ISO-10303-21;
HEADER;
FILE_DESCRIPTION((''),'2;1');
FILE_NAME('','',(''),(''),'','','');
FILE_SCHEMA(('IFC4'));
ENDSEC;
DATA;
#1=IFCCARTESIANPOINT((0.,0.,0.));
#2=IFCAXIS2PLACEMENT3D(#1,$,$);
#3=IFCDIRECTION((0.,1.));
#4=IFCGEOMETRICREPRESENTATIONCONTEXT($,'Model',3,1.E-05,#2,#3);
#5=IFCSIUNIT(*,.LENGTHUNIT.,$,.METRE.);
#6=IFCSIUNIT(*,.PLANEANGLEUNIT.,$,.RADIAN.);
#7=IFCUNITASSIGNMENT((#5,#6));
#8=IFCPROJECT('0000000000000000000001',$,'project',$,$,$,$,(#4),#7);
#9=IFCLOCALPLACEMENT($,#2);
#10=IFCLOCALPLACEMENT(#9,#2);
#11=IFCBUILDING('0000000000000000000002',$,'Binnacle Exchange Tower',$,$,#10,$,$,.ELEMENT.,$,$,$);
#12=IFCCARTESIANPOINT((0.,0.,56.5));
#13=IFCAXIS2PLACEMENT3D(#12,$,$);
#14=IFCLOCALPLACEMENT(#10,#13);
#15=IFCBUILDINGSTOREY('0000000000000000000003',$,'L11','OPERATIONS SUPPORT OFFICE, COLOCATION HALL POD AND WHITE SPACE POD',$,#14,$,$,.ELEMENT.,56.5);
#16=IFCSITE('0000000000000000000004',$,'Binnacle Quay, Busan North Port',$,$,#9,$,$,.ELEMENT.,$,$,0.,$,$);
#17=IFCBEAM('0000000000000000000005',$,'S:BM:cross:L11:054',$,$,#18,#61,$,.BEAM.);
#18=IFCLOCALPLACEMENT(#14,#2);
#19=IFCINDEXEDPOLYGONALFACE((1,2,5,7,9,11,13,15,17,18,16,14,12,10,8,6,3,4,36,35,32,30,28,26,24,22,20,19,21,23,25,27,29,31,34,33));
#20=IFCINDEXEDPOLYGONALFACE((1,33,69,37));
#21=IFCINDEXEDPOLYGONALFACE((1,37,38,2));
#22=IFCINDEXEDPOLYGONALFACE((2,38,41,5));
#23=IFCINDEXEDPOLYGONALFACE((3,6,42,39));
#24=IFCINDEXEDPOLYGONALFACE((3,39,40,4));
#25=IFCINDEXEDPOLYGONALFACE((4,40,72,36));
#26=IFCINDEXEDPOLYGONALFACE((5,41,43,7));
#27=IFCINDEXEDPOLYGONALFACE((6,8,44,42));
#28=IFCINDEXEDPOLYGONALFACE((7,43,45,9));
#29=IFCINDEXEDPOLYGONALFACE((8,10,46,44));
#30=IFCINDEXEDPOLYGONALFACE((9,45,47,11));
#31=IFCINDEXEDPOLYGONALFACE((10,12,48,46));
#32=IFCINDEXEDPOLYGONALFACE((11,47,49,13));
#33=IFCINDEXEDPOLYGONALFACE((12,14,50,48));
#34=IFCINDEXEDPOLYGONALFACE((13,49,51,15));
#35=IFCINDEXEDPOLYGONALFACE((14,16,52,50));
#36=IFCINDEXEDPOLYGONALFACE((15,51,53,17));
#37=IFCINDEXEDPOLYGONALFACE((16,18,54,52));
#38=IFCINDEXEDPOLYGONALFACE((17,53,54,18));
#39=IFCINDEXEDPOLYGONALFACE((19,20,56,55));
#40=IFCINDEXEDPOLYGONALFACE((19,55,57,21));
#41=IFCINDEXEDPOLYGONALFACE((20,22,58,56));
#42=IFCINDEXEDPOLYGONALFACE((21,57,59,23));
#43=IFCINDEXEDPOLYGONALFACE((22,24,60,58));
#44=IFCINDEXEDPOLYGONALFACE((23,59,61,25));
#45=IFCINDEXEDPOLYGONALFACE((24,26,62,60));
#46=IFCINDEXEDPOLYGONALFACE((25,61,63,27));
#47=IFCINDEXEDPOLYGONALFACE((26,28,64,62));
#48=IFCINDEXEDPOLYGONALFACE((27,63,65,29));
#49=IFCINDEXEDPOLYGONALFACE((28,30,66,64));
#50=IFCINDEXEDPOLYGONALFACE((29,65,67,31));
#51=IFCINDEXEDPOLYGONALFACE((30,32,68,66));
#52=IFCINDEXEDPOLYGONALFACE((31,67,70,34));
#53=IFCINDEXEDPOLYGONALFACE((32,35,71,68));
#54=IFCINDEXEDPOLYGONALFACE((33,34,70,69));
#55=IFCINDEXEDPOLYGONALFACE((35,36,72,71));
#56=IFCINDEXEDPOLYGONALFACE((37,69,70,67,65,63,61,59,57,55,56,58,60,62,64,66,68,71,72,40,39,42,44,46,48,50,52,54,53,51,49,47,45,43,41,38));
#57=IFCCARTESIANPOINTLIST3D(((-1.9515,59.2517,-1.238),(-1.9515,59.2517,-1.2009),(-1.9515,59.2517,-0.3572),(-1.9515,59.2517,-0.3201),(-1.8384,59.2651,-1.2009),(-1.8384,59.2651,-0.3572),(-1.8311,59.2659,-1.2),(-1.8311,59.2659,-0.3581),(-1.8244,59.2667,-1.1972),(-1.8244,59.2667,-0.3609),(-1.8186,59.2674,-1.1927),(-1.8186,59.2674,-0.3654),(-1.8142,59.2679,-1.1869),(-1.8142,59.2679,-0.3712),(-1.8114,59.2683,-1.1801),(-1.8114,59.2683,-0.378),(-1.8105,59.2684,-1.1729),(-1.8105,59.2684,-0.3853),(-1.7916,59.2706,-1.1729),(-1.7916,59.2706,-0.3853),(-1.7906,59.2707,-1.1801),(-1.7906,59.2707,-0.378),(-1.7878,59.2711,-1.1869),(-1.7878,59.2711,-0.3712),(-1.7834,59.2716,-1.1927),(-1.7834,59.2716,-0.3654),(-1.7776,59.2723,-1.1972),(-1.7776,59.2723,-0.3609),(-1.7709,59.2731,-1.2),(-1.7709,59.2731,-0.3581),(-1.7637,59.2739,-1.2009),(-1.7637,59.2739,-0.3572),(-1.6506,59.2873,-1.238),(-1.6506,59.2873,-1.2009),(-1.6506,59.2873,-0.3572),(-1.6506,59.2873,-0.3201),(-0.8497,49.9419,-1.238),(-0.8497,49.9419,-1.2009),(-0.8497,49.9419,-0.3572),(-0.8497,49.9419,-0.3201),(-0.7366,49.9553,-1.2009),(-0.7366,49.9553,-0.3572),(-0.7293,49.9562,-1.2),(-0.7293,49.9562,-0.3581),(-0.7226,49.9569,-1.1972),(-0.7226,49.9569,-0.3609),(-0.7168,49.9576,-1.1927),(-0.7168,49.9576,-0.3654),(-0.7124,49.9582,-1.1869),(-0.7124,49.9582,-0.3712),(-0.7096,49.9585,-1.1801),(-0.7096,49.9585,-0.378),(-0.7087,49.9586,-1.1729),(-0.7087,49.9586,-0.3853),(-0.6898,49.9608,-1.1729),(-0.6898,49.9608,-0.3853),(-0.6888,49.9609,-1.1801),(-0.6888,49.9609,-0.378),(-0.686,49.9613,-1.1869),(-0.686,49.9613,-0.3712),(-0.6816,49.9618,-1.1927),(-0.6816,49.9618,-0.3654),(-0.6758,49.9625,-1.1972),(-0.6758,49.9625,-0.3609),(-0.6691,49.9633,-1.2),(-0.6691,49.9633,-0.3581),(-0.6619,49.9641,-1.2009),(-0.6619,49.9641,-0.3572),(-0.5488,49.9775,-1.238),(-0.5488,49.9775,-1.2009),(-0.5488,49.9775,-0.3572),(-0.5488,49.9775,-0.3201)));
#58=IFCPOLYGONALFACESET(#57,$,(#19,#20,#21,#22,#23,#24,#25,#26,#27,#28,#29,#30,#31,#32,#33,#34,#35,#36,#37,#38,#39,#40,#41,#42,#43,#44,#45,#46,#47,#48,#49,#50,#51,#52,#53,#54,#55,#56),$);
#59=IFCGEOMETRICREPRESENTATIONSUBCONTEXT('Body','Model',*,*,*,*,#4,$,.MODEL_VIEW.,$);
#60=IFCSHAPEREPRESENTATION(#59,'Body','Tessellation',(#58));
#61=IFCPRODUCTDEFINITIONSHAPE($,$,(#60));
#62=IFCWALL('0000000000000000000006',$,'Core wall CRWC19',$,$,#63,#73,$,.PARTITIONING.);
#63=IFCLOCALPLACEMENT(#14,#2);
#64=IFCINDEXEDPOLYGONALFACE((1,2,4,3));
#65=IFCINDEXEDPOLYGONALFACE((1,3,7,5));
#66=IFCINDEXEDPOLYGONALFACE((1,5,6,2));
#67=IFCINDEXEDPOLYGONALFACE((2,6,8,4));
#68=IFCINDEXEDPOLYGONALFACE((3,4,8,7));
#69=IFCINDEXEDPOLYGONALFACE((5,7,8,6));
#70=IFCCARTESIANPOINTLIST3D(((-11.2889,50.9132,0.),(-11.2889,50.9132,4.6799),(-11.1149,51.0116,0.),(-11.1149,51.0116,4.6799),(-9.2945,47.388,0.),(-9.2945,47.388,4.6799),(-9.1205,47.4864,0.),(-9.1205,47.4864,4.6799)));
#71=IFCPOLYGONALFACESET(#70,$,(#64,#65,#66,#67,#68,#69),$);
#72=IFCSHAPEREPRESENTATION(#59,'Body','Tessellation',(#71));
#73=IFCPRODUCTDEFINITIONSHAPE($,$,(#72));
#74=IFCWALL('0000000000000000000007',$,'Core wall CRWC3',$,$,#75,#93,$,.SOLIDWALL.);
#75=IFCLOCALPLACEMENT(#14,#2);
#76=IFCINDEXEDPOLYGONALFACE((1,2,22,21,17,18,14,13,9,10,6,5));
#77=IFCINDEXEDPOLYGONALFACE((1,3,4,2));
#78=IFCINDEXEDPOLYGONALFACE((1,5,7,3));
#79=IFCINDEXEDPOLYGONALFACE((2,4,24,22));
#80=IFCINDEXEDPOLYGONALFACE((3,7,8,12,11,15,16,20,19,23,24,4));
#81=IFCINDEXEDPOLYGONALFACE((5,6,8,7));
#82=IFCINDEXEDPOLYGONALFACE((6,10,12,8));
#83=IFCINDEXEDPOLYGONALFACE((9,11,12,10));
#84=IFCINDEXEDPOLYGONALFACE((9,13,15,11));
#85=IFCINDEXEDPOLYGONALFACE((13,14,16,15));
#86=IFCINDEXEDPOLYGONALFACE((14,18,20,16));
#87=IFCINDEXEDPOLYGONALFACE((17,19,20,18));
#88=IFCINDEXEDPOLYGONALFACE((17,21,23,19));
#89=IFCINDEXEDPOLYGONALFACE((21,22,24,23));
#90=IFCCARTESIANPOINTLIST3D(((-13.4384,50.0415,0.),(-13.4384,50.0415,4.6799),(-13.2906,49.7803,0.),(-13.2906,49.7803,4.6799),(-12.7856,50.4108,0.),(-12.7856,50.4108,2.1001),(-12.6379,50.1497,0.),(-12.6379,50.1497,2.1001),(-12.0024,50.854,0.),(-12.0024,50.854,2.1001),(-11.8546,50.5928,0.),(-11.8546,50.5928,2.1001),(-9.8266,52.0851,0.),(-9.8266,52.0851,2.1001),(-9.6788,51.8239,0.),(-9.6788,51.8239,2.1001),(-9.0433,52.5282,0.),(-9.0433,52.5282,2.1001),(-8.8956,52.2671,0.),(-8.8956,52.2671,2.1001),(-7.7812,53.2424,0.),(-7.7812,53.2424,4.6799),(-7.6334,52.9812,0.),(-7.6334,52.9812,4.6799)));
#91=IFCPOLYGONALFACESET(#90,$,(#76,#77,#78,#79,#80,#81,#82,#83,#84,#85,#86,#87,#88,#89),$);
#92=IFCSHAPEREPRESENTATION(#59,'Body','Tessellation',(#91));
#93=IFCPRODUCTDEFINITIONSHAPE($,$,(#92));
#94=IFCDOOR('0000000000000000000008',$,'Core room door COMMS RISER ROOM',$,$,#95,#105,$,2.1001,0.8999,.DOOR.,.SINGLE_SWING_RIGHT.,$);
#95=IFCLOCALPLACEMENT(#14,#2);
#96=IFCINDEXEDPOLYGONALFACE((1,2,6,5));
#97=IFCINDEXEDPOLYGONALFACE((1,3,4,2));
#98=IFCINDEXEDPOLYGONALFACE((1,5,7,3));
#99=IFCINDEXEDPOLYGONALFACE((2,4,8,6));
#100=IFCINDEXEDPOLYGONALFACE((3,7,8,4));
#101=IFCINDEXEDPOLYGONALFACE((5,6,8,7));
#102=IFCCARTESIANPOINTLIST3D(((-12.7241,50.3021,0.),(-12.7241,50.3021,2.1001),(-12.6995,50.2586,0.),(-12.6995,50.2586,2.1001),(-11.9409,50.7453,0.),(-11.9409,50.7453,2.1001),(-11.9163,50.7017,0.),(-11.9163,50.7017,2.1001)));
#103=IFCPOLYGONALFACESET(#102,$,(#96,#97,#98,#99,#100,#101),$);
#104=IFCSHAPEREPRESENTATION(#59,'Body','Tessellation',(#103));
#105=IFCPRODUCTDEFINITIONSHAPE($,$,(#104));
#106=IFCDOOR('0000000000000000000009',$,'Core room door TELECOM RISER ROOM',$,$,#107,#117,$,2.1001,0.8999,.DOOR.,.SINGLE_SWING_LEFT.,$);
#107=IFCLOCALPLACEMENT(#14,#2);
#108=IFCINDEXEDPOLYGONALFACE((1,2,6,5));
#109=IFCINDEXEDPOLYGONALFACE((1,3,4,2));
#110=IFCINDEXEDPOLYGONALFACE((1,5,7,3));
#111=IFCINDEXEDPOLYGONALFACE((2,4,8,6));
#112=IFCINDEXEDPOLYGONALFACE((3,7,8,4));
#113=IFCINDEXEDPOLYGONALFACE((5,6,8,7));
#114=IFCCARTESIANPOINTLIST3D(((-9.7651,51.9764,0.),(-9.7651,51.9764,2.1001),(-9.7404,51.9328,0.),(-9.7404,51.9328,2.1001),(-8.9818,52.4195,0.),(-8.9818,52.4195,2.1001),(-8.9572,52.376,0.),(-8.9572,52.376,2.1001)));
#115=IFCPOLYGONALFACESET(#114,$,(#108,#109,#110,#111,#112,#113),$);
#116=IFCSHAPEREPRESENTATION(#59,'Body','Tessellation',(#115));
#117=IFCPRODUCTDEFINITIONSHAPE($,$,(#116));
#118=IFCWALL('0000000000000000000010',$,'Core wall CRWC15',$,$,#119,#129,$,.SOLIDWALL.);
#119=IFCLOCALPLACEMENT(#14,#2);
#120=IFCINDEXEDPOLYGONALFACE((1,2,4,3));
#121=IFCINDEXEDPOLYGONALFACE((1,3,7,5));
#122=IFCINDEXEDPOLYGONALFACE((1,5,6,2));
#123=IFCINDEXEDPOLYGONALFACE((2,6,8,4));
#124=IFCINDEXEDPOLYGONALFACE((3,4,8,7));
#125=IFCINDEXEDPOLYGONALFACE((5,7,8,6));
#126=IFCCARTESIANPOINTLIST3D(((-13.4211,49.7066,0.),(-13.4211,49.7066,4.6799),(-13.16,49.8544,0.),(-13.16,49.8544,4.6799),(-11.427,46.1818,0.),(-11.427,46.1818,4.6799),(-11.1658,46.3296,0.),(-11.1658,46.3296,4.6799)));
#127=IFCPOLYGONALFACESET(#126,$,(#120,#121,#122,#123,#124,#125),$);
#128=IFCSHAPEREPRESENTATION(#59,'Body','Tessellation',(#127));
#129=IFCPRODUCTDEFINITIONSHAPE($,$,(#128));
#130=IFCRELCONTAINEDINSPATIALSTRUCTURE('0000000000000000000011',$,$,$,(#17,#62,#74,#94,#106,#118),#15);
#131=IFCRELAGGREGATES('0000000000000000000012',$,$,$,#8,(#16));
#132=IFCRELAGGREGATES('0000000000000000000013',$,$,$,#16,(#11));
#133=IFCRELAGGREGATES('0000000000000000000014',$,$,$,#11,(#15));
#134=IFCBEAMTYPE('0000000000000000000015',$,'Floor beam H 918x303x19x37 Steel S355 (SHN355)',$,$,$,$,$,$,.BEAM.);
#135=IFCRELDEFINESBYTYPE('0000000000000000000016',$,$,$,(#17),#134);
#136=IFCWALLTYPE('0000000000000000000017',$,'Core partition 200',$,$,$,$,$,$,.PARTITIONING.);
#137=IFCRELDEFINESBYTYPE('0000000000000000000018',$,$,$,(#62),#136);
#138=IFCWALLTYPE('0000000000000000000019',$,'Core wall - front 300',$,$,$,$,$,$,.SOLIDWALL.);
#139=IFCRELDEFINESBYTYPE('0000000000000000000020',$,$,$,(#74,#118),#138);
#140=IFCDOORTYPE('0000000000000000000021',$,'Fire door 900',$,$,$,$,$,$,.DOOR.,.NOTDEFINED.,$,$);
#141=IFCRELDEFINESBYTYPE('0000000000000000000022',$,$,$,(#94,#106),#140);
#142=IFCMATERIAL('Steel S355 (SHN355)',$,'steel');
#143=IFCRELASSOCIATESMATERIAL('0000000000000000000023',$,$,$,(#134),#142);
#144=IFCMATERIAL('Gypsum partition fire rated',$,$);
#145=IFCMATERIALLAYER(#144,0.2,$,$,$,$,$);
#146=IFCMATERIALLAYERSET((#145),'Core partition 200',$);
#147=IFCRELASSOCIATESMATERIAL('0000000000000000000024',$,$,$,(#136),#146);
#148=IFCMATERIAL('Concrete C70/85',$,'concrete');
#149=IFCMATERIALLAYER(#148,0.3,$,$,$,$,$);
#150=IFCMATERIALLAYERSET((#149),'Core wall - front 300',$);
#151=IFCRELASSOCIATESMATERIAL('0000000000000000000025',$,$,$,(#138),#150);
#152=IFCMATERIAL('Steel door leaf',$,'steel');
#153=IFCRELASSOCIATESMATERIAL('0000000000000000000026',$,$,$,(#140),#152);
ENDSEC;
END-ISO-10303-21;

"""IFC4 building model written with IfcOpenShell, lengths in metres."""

from ifc_helpers import new_model, si_unit, direction, frame, frame_2d, origin, origin_2d, place, context, subcontext, project, spatial, rectangle, i_section, extrude, material, layer, layer_set, material_profile, profile_set, type_object, element, fill, save


model = new_model("IFC4")

# Units and contexts
model_context = context("Model", 3, precision=1e-05, world=origin(), true_north=direction((0.0, 1.0)))
body_context = subcontext(model_context, "Body", "Model", "MODEL_VIEW")
ifc_project = project(units=[si_unit("LENGTHUNIT", "METRE"), si_unit("PLANEANGLEUNIT", "RADIAN")], contexts=[model_context])

# Site, building, storey
site_placement = place(None, origin())
site = spatial("IfcSite", under=ifc_project, at=site_placement, Name="Binnacle Quay, Busan North Port", CompositionType="ELEMENT", RefElevation=0.0)
building_placement = place(site_placement, origin())
building = spatial("IfcBuilding", under=site, at=building_placement, Name="Binnacle Exchange Tower", CompositionType="ELEMENT")
storey_placement = place(building_placement, frame((0.0, 0.0, 56.5)))
storey = spatial("IfcBuildingStorey", under=building, at=storey_placement, Name="L11", Description="OPERATIONS SUPPORT OFFICE, COLOCATION HALL POD AND WHITE SPACE POD", CompositionType="ELEMENT", Elevation=56.5)

# Shared definitions
ifc_material_1 = material(Name="Concrete C70/85", Category="concrete")

# Beam
ifc_material_2 = material(Name="Steel S355 (SHN355)", Category="steel")
ifc_material_profile_1 = material_profile(ifc_material_2, i_section(OverallWidth=0.303, OverallDepth=0.918, WebThickness=0.019, FlangeThickness=0.0371, FilletRadius=0.0281, at=origin_2d()), Name="H 918x303x19x37")
ifc_profile_set_1 = profile_set([ifc_material_profile_1], Name="Steel S355 (SHN355)")
beam_type_1 = type_object("IfcBeamType", Name="Floor beam H 918x303x19x37 Steel S355 (SHN355)", PredefinedType="BEAM", material=ifc_profile_set_1)
beam_1_placement = place(storey_placement, frame((-0.6992, 49.9597, -0.7791), z_axis=(-0.117529, 0.993069, 0.0), x_axis=(-0.993069, -0.117529, 0.0)))
element("IfcBeam", 1, at=beam_1_placement, inside=storey, type_object=beam_type_1, Name="S:BM:cross:L11:054", PredefinedType="BEAM", context=body_context, shape_type="SweptSolid", body=[
    extrude(i_section(OverallWidth=0.303, OverallDepth=0.918, WebThickness=0.019, FlangeThickness=0.0371, FilletRadius=0.0281, at=origin_2d()), origin(), (0.0, 0.0, 1.0), 9.3748),
])

# Wall
ifc_material_3 = material(Name="Gypsum partition fire rated")
ifc_layer_1 = layer(ifc_material_3, 0.2)
ifc_layer_set_1 = layer_set([ifc_layer_1], Name="Core partition 200")
wall_type_1 = type_object("IfcWallType", Name="Core partition 200", PredefinedType="PARTITIONING", material=ifc_layer_set_1)
wall_1_placement = place(storey_placement, frame((-11.2019, 50.9624, 0.0), z_axis=(0.0, 0.0, 1.0), x_axis=(0.492415, -0.870361, 0.0)))
element("IfcWall", 2, at=wall_1_placement, inside=storey, type_object=wall_type_1, Name="Core wall CRWC19", PredefinedType="PARTITIONING", context=body_context, shape_type="SweptSolid", body=[
    extrude(rectangle(XDim=4.0503, YDim=0.2, at=frame_2d((2.0251, 0.0))), origin(), (0.0, 0.0, 1.0), 4.6799),
])

# Wall, openings, doors
ifc_layer_2 = layer(ifc_material_1, 0.3)
ifc_layer_set_2 = layer_set([ifc_layer_2], Name="Core wall - front 300")
wall_type_2 = type_object("IfcWallType", Name="Core wall - front 300", PredefinedType="SOLIDWALL", material=ifc_layer_set_2)
wall_2_placement = place(storey_placement, frame((-13.3645, 49.9109, 0.0), z_axis=(0.0, 0.0, 1.0), x_axis=(0.870341, 0.49245, 0.0)))
wall_2 = element("IfcWall", 3, at=wall_2_placement, inside=storey, type_object=wall_type_2, Name="Core wall CRWC3", PredefinedType="SOLIDWALL", context=body_context, shape_type="SweptSolid", body=[
    extrude(rectangle(XDim=6.5, YDim=0.3, at=frame_2d((3.25, 0.0))), origin(), (0.0, 0.0, 1.0), 4.6799),
])
opening_1_placement = place(wall_2_placement, frame((0.75, 0.0, 0.0)))
opening_1 = element("IfcOpeningElement", 4, at=opening_1_placement, cuts=wall_2, PredefinedType="OPENING", context=body_context, shape_type="SweptSolid", body=[
    extrude(rectangle(XDim=0.8999, YDim=2.1001, at=frame_2d((0.45, 1.05))), frame((0.0, 0.1599, 0.0), z_axis=(0.0, -1.0, 0.0), x_axis=(1.0, 0.0, 0.0)), (0.0, 0.0, 1.0), 0.3201),
])
opening_2_placement = place(wall_2_placement, frame((4.1499, 0.0, 0.0)))
opening_2 = element("IfcOpeningElement", 5, at=opening_2_placement, cuts=wall_2, PredefinedType="OPENING", context=body_context, shape_type="SweptSolid", body=[
    extrude(rectangle(XDim=0.8999, YDim=2.1001, at=frame_2d((0.45, 1.05))), frame((0.0, 0.1599, 0.0), z_axis=(0.0, -1.0, 0.0), x_axis=(1.0, 0.0, 0.0)), (0.0, 0.0, 1.0), 0.3201),
])
ifc_material_4 = material(Name="Steel door leaf", Category="steel")
door_type = type_object("IfcDoorType", Name="Fire door 900", OperationType="NOTDEFINED", PredefinedType="DOOR", material=ifc_material_4)
door_1_placement = place(opening_1_placement, frame((0.8999, 0.0, 0.0), z_axis=(0.0, 0.0, 1.0), x_axis=(-1.0, 0.0, 0.0)))
door_1 = element("IfcDoor", 6, at=door_1_placement, inside=storey, type_object=door_type, Name="Core room door COMMS RISER ROOM", OperationType="SINGLE_SWING_RIGHT", OverallHeight=2.1001, OverallWidth=0.8999, PredefinedType="DOOR", context=body_context, shape_type="SweptSolid", body=[
    extrude(rectangle(XDim=0.8999, YDim=2.1001, at=frame_2d((0.45, 1.05))), frame((0.0, 0.0249, 0.0), z_axis=(0.0, -1.0, 0.0), x_axis=(1.0, 0.0, 0.0)), (0.0, 0.0, 1.0), 0.05),
])
fill(opening_1, door_1)
door_2_placement = place(opening_2_placement, frame((0.8999, 0.0, 0.0), z_axis=(0.0, 0.0, 1.0), x_axis=(-1.0, 0.0, 0.0)))
door_2 = element("IfcDoor", 7, at=door_2_placement, inside=storey, type_object=door_type, Name="Core room door TELECOM RISER ROOM", OperationType="SINGLE_SWING_LEFT", OverallHeight=2.1001, OverallWidth=0.8999, PredefinedType="DOOR", context=body_context, shape_type="SweptSolid", body=[
    extrude(rectangle(XDim=0.8999, YDim=2.1001, at=frame_2d((0.45, 1.05))), frame((0.0, 0.0249, 0.0), z_axis=(0.0, -1.0, 0.0), x_axis=(1.0, 0.0, 0.0)), (0.0, 0.0, 1.0), 0.05),
])
fill(opening_2, door_2)

# Wall
wall_3_placement = place(storey_placement, frame((-13.2905, 49.7805, 0.0), z_axis=(0.0, 0.0, 1.0), x_axis=(0.492395, -0.870372, 0.0)))
element("IfcWall", 8, at=wall_3_placement, inside=storey, type_object=wall_type_2, Name="Core wall CRWC15", PredefinedType="SOLIDWALL", context=body_context, shape_type="SweptSolid", body=[
    extrude(rectangle(XDim=4.0498, YDim=0.3, at=frame_2d((2.0249, 0.0))), origin(), (0.0, 0.0, 1.0), 4.6799),
])

save(model, "model.ifc")
